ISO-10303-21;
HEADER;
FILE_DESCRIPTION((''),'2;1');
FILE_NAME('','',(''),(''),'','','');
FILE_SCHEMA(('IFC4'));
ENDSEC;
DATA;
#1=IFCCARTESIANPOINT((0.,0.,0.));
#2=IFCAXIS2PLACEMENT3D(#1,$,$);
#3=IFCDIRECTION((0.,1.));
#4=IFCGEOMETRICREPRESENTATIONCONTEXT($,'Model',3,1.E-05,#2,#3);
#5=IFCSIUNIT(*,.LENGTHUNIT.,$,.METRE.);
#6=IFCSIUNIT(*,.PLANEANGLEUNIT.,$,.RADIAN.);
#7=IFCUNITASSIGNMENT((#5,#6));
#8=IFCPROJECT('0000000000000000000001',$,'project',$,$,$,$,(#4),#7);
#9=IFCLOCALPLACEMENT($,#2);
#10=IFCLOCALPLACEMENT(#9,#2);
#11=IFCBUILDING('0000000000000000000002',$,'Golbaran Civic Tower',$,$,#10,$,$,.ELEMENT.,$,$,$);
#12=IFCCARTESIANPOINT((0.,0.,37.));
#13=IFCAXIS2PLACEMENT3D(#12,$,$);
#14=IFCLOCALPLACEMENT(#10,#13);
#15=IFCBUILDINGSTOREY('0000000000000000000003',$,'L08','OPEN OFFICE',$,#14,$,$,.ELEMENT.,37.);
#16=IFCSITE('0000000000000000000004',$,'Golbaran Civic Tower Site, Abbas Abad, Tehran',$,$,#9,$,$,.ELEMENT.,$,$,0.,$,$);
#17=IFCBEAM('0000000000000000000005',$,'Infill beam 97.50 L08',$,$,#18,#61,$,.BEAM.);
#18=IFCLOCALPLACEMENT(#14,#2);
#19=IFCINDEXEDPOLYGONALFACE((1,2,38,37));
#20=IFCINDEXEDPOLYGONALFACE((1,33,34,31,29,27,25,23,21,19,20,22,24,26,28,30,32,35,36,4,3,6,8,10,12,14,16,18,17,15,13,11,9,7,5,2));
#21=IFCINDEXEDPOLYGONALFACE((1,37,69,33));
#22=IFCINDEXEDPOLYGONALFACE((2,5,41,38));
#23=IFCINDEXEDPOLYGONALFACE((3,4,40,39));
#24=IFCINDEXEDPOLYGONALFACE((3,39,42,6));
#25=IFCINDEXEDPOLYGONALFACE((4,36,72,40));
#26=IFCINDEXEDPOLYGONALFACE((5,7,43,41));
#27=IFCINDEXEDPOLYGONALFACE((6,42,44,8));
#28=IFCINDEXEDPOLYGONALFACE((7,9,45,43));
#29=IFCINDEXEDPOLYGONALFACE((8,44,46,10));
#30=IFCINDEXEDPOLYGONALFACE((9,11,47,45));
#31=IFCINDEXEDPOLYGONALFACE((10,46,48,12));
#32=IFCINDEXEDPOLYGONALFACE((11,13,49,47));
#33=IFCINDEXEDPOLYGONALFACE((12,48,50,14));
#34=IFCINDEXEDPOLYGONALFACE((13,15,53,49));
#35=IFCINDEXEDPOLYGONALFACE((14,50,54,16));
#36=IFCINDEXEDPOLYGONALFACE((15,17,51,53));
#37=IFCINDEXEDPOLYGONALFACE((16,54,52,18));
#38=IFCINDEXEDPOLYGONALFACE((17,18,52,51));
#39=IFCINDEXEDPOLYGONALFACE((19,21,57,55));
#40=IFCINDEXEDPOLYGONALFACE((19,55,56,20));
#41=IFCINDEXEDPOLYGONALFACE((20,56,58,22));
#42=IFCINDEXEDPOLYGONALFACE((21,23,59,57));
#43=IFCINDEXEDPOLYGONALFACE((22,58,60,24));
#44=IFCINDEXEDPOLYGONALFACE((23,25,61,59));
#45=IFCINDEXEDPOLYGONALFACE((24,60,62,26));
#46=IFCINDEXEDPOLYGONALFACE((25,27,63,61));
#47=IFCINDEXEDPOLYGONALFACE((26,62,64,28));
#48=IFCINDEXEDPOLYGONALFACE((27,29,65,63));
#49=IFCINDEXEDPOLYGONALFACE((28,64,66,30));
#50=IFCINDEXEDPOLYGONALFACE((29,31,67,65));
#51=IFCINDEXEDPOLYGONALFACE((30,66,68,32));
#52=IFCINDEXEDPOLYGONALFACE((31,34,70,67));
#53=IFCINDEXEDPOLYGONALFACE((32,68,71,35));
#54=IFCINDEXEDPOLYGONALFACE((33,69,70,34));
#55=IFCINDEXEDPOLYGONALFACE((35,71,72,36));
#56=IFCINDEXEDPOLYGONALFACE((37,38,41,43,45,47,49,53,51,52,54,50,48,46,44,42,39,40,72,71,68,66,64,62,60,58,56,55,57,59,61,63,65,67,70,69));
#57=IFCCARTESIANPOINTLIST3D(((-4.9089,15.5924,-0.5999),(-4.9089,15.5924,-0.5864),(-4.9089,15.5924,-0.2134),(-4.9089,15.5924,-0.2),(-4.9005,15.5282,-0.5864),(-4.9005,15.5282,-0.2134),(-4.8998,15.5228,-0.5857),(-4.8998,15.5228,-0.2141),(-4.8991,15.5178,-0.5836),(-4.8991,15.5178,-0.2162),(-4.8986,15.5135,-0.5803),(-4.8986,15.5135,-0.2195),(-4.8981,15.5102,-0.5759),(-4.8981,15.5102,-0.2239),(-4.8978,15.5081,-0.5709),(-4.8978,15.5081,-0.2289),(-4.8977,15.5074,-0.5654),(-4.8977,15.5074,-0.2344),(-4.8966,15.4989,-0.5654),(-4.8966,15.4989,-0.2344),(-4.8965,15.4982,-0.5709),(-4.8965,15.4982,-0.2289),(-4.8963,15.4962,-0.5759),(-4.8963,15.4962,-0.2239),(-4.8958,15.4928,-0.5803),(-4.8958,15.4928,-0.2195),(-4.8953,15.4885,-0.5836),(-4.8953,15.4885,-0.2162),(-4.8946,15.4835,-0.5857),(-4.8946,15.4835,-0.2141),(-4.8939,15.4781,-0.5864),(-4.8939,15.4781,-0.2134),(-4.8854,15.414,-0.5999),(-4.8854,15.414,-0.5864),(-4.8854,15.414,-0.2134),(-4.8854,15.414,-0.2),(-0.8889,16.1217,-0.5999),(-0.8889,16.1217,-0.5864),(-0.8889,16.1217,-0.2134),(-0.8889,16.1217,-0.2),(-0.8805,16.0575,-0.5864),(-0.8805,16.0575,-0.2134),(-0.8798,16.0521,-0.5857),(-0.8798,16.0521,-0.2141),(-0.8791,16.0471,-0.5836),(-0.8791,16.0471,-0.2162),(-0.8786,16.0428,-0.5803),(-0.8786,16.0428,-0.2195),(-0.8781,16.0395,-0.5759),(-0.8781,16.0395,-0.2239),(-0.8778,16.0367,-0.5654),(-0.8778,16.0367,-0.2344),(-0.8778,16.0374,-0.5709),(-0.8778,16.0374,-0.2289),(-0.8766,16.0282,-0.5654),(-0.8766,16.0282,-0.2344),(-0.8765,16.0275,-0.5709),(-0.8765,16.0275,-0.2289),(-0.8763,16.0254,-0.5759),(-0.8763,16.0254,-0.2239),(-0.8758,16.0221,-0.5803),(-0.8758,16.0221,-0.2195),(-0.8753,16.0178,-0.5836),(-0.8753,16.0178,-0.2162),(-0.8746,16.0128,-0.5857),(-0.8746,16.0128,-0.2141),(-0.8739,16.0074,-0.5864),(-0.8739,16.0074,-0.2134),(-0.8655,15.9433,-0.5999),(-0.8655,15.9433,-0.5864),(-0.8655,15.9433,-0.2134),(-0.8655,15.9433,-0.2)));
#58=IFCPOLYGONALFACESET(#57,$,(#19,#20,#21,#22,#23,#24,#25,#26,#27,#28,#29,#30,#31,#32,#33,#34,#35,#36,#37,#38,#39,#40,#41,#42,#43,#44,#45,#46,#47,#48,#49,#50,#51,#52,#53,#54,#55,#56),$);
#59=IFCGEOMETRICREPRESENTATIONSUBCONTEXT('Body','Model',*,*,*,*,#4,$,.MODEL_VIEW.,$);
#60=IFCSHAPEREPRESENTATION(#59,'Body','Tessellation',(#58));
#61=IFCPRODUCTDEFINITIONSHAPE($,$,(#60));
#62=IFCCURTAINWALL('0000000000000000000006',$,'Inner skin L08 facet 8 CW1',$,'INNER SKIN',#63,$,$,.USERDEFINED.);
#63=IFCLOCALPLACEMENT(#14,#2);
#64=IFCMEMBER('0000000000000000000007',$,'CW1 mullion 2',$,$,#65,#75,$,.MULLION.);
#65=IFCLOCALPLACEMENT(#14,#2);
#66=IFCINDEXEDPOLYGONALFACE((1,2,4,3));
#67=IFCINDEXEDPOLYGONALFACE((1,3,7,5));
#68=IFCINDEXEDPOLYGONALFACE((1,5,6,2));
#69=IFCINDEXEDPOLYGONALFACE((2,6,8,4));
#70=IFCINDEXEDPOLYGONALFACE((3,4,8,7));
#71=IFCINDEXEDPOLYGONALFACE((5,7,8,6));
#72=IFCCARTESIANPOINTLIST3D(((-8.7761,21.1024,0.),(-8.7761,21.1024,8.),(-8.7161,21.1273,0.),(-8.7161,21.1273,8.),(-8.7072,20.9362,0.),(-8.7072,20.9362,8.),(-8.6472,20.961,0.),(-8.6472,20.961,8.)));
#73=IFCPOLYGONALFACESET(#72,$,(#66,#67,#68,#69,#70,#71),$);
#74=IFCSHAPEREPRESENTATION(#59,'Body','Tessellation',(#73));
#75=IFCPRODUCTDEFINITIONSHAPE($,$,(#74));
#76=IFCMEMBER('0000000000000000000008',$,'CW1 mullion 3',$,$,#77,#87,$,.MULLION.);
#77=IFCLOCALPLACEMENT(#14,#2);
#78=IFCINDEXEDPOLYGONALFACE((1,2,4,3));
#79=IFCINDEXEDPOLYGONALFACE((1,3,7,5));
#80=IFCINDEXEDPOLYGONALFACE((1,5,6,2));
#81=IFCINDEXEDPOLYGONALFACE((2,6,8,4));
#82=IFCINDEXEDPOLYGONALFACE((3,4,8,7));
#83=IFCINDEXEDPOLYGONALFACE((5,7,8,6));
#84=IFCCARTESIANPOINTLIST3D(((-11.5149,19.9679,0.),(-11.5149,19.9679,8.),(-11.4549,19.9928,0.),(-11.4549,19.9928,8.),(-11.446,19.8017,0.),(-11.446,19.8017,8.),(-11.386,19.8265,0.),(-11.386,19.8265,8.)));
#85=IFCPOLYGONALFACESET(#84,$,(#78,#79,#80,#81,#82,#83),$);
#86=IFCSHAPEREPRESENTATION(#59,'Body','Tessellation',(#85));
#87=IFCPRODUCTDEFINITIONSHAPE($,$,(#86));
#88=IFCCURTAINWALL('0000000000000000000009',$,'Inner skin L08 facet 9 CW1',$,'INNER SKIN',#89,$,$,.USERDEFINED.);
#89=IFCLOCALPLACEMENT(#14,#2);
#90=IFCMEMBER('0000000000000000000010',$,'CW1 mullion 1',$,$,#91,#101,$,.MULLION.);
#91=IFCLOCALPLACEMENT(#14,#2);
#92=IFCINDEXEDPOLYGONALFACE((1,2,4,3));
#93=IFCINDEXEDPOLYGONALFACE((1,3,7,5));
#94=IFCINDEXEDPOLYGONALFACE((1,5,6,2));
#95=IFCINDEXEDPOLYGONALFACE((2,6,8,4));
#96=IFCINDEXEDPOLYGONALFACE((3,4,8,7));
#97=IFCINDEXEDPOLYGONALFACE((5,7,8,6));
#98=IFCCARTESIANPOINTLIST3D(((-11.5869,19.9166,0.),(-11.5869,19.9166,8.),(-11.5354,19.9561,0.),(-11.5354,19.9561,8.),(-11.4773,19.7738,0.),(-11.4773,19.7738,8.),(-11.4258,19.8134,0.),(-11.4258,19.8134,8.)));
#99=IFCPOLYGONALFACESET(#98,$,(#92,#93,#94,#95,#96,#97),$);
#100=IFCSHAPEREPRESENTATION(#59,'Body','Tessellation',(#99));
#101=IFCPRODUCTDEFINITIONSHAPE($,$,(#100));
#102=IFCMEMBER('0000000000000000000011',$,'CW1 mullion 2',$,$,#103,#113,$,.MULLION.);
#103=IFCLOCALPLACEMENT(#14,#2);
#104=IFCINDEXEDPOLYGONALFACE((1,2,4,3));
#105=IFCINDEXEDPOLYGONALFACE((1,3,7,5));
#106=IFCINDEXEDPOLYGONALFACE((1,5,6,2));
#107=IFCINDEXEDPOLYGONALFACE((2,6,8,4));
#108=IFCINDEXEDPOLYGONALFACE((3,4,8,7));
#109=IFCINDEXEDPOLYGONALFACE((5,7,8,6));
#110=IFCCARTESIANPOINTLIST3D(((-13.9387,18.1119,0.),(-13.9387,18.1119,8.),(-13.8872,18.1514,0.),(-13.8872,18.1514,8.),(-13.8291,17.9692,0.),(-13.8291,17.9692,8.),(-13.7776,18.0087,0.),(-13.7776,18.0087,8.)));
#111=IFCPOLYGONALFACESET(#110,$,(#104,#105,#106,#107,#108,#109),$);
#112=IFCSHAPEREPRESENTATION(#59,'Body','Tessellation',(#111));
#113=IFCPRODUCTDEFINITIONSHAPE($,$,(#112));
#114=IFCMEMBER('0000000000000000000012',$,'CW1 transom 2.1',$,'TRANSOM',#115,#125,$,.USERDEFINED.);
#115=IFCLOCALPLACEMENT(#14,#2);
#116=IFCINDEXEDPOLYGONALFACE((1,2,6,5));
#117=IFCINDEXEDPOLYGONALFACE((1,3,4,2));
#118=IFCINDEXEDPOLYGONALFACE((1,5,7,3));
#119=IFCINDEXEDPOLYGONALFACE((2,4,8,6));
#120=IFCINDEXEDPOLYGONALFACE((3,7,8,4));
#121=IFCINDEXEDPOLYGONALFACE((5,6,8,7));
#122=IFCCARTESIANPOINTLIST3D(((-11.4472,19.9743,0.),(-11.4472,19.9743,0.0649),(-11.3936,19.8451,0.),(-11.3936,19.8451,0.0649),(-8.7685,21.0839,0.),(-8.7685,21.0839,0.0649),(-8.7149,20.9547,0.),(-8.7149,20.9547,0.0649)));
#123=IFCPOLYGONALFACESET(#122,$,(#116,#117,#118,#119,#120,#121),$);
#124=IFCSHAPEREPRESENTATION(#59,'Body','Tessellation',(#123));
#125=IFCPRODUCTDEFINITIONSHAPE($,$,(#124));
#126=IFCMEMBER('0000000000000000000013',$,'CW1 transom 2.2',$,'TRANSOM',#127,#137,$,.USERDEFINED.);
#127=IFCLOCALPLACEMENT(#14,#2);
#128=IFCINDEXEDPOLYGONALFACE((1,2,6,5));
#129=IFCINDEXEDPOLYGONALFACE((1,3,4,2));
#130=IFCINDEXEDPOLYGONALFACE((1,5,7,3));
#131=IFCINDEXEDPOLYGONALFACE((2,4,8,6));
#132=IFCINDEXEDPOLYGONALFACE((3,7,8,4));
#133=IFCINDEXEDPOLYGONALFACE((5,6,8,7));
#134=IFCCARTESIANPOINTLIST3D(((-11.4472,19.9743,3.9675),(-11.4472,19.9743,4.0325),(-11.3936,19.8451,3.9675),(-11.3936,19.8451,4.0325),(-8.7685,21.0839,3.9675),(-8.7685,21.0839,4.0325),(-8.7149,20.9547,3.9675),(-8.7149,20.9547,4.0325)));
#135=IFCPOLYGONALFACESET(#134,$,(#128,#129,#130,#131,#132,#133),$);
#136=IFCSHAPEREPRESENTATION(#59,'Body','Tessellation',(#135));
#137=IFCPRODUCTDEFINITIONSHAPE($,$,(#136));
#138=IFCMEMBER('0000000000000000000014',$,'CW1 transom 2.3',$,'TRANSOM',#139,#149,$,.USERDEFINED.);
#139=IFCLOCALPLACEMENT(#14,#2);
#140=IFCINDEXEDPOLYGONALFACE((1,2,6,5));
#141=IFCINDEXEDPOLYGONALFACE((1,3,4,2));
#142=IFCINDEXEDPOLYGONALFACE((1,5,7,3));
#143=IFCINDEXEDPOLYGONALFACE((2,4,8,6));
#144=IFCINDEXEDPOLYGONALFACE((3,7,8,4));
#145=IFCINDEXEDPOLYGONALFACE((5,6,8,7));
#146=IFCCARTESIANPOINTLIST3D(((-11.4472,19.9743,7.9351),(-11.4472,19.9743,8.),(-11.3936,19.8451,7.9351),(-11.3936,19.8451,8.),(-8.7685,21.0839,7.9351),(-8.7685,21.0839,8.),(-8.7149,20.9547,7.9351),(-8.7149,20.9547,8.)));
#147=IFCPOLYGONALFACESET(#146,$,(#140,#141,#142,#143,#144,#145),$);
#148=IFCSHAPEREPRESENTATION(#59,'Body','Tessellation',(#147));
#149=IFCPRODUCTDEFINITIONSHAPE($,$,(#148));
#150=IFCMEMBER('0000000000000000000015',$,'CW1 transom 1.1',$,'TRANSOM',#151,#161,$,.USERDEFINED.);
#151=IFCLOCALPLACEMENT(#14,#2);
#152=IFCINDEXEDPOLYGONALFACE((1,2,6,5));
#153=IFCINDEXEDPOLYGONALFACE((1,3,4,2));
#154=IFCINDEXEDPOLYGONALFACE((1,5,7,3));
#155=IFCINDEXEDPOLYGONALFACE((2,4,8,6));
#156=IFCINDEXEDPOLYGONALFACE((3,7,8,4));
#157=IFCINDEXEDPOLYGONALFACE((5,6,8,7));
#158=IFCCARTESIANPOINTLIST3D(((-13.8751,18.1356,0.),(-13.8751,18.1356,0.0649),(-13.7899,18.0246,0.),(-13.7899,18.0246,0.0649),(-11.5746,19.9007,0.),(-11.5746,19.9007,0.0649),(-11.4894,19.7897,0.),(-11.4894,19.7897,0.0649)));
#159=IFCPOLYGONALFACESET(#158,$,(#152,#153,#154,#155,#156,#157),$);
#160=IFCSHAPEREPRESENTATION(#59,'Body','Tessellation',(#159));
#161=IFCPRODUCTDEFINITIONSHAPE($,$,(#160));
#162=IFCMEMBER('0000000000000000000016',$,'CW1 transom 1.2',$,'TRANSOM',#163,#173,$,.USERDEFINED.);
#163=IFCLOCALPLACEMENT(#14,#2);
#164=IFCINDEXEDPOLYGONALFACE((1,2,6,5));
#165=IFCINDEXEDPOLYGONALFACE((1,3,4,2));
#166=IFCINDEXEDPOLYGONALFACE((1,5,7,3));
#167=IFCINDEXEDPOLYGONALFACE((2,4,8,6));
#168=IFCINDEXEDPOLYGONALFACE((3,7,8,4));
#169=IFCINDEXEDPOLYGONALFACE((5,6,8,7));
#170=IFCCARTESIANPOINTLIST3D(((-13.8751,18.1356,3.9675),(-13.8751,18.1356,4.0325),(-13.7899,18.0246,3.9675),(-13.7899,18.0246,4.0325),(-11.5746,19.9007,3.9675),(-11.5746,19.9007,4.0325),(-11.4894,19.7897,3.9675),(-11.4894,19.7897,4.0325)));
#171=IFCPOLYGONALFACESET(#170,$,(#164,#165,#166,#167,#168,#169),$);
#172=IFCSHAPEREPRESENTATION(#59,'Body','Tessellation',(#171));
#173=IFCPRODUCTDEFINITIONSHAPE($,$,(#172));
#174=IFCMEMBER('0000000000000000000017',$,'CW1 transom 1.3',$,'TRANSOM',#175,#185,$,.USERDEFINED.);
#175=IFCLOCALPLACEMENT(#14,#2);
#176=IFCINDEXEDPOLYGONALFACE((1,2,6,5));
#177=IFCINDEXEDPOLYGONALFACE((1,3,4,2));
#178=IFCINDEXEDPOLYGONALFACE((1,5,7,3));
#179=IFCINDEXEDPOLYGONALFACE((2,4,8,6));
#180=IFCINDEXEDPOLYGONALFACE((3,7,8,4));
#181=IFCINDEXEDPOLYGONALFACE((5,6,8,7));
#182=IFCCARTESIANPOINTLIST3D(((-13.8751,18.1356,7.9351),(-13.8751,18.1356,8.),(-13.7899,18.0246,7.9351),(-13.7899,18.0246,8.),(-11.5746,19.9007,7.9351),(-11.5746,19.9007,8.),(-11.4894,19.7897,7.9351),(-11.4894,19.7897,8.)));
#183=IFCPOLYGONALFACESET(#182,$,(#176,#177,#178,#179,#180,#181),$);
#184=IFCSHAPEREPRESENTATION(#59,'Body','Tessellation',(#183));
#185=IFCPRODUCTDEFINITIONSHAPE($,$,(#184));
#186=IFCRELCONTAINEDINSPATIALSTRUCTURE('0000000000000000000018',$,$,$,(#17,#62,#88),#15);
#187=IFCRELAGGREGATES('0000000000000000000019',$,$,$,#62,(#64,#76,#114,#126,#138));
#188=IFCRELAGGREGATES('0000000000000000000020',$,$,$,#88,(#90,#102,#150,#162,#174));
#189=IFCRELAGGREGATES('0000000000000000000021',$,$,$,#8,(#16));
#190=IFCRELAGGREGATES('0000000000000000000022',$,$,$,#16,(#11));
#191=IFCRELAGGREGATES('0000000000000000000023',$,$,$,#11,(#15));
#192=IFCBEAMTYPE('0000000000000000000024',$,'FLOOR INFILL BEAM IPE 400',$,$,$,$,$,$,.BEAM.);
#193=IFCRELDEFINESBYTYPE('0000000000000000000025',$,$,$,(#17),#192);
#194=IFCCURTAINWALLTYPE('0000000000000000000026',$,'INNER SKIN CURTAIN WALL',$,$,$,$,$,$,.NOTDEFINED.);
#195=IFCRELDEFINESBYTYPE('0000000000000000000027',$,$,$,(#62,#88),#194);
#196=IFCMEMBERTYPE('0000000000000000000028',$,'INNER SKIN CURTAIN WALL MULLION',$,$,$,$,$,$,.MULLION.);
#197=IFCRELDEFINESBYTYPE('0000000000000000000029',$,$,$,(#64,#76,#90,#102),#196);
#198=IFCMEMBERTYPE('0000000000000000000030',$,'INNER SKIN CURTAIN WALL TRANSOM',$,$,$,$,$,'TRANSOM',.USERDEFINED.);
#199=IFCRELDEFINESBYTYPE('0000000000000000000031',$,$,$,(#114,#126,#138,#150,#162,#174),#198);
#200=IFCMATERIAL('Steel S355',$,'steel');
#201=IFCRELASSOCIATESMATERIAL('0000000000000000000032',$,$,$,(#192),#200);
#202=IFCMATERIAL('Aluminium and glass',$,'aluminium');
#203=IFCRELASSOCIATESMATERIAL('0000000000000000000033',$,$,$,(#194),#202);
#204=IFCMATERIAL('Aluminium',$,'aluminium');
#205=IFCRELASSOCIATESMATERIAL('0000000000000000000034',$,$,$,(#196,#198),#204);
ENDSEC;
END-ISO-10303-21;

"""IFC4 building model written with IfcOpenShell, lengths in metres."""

from ifc_helpers import new_model, si_unit, direction, frame, origin, origin_2d, place, context, subcontext, project, spatial, rectangle, i_section, extrude, material, material_profile, profile_set, type_object, element, aggregate, save


model = new_model("IFC4")

# Units and contexts
model_context = context("Model", 3, precision=1e-05, world=origin(), true_north=direction((0.0, 1.0)))
body_context = subcontext(model_context, "Body", "Model", "MODEL_VIEW")
ifc_project = project(units=[si_unit("LENGTHUNIT", "METRE"), si_unit("PLANEANGLEUNIT", "RADIAN")], contexts=[model_context])

# Site, building, storey
site_placement = place(None, origin())
site = spatial("IfcSite", under=ifc_project, at=site_placement, Name="Golbaran Civic Tower Site, Abbas Abad, Tehran", CompositionType="ELEMENT", RefElevation=0.0)
building_placement = place(site_placement, origin())
building = spatial("IfcBuilding", under=site, at=building_placement, Name="Golbaran Civic Tower", CompositionType="ELEMENT")
storey_placement = place(building_placement, frame((0.0, 0.0, 37.0)))
storey = spatial("IfcBuildingStorey", under=building, at=storey_placement, Name="L08", Description="OPEN OFFICE", CompositionType="ELEMENT", Elevation=37.0)

# Beam
ifc_material_1 = material(Name="Steel S355", Category="steel")
ifc_material_profile_1 = material_profile(ifc_material_1, i_section(OverallWidth=0.1799, OverallDepth=0.3999, WebThickness=0.0085, FlangeThickness=0.0134, FilletRadius=0.021, at=origin_2d()), Name="IPE 400")
ifc_profile_set_1 = profile_set([ifc_material_profile_1], Name="Steel S355")
beam_type = type_object("IfcBeamType", Name="FLOOR INFILL BEAM IPE 400", PredefinedType="BEAM", material=ifc_profile_set_1)
beam_placement = place(storey_placement, frame((-0.8772, 16.0325, -0.3999), z_axis=(-0.991443, -0.130539, 0.0), x_axis=(0.130539, -0.991443, 0.0)))
element("IfcBeam", 1, at=beam_placement, inside=storey, type_object=beam_type, Name="Infill beam 97.50 L08", PredefinedType="BEAM", context=body_context, shape_type="SweptSolid", body=[
    extrude(i_section(OverallWidth=0.1799, OverallDepth=0.3999, WebThickness=0.0085, FlangeThickness=0.0134, FilletRadius=0.021, at=origin_2d()), origin(), (0.0, 0.0, 1.0), 4.0547),
])

# Curtain walls, members
ifc_material_2 = material(Name="Aluminium and glass", Category="aluminium")
curtain_wall_type = type_object("IfcCurtainWallType", Name="INNER SKIN CURTAIN WALL", PredefinedType="NOTDEFINED", material=ifc_material_2)
curtain_wall_1_placement = place(storey_placement, origin())
curtain_wall_1 = element("IfcCurtainWall", 2, at=curtain_wall_1_placement, inside=storey, type_object=curtain_wall_type, Name="Inner skin L08 facet 8 CW1", ObjectType="INNER SKIN", PredefinedType="USERDEFINED")
ifc_material_3 = material(Name="Aluminium", Category="aluminium")
ifc_material_profile_2 = material_profile(ifc_material_3, rectangle(XDim=0.1799, YDim=0.0649, at=origin_2d()), Name="INNER SKIN CURTAIN WALL MULLION")
ifc_profile_set_2 = profile_set([ifc_material_profile_2], Name="Aluminium")
member_type_1 = type_object("IfcMemberType", Name="INNER SKIN CURTAIN WALL MULLION", PredefinedType="MULLION", material=ifc_profile_set_2)
member_1_placement = place(storey_placement, frame((-8.7117, 21.0317, 0.0), z_axis=(0.0, 0.0, 1.0), x_axis=(0.382683, -0.92388, 0.0)))
member_1 = element("IfcMember", 3, at=member_1_placement, type_object=member_type_1, Name="CW1 mullion 2", PredefinedType="MULLION", context=body_context, shape_type="SweptSolid", body=[
    extrude(rectangle(XDim=0.1799, YDim=0.0649, at=origin_2d()), origin(), (0.0, 0.0, 1.0), 8.0),
])
member_2_placement = place(storey_placement, frame((-11.4504, 19.8972, 0.0), z_axis=(0.0, 0.0, 1.0), x_axis=(0.382683, -0.92388, 0.0)))
member_2 = element("IfcMember", 4, at=member_2_placement, type_object=member_type_1, Name="CW1 mullion 3", PredefinedType="MULLION", context=body_context, shape_type="SweptSolid", body=[
    extrude(rectangle(XDim=0.1799, YDim=0.0649, at=origin_2d()), origin(), (0.0, 0.0, 1.0), 8.0),
])
curtain_wall_2_placement = place(storey_placement, origin())
curtain_wall_2 = element("IfcCurtainWall", 5, at=curtain_wall_2_placement, inside=storey, type_object=curtain_wall_type, Name="Inner skin L08 facet 9 CW1", ObjectType="INNER SKIN", PredefinedType="USERDEFINED")
member_3_placement = place(storey_placement, frame((-11.5063, 19.865, 0.0), z_axis=(0.0, 0.0, 1.0), x_axis=(0.608761, -0.793353, 0.0)))
member_3 = element("IfcMember", 6, at=member_3_placement, type_object=member_type_1, Name="CW1 mullion 1", PredefinedType="MULLION", context=body_context, shape_type="SweptSolid", body=[
    extrude(rectangle(XDim=0.1799, YDim=0.0649, at=origin_2d()), origin(), (0.0, 0.0, 1.0), 8.0),
])
member_4_placement = place(storey_placement, frame((-13.8582, 18.0603, 0.0), z_axis=(0.0, 0.0, 1.0), x_axis=(0.608761, -0.793353, 0.0)))
member_4 = element("IfcMember", 7, at=member_4_placement, type_object=member_type_1, Name="CW1 mullion 2", PredefinedType="MULLION", context=body_context, shape_type="SweptSolid", body=[
    extrude(rectangle(XDim=0.1799, YDim=0.0649, at=origin_2d()), origin(), (0.0, 0.0, 1.0), 8.0),
])

# Members
ifc_material_profile_3 = material_profile(ifc_material_3, rectangle(XDim=0.1399, YDim=0.0649, at=origin_2d()), Name="INNER SKIN CURTAIN WALL TRANSOM")
ifc_profile_set_3 = profile_set([ifc_material_profile_3], Name="Aluminium")
member_type_2 = type_object("IfcMemberType", Name="INNER SKIN CURTAIN WALL TRANSOM", ElementType="TRANSOM", PredefinedType="USERDEFINED", material=ifc_profile_set_3)
member_5_placement = place(storey_placement, frame((-8.7417, 21.0193, 0.0325), z_axis=(-0.923872, -0.382701, 0.0), x_axis=(0.382701, -0.923872, 0.0)))
member_5 = element("IfcMember", 8, at=member_5_placement, type_object=member_type_2, Name="CW1 transom 2.1", ObjectType="TRANSOM", PredefinedType="USERDEFINED", context=body_context, shape_type="SweptSolid", body=[
    extrude(rectangle(XDim=0.1399, YDim=0.0649, at=origin_2d()), origin(), (0.0, 0.0, 1.0), 2.8994),
])
member_6_placement = place(storey_placement, frame((-8.7417, 21.0193, 4.0), z_axis=(-0.923872, -0.382701, 0.0), x_axis=(0.382701, -0.923872, 0.0)))
member_6 = element("IfcMember", 9, at=member_6_placement, type_object=member_type_2, Name="CW1 transom 2.2", ObjectType="TRANSOM", PredefinedType="USERDEFINED", context=body_context, shape_type="SweptSolid", body=[
    extrude(rectangle(XDim=0.1399, YDim=0.0649, at=origin_2d()), origin(), (0.0, 0.0, 1.0), 2.8994),
])
member_7_placement = place(storey_placement, frame((-8.7417, 21.0193, 7.9675), z_axis=(-0.923872, -0.382701, 0.0), x_axis=(0.382701, -0.923872, 0.0)))
member_7 = element("IfcMember", 10, at=member_7_placement, type_object=member_type_2, Name="CW1 transom 2.3", ObjectType="TRANSOM", PredefinedType="USERDEFINED", context=body_context, shape_type="SweptSolid", body=[
    extrude(rectangle(XDim=0.1399, YDim=0.0649, at=origin_2d()), origin(), (0.0, 0.0, 1.0), 2.8994),
])
member_8_placement = place(storey_placement, frame((-11.532, 19.8452, 0.0325), z_axis=(-0.793375, -0.608734, 0.0), x_axis=(0.608734, -0.793375, 0.0)))
member_8 = element("IfcMember", 11, at=member_8_placement, type_object=member_type_2, Name="CW1 transom 1.1", ObjectType="TRANSOM", PredefinedType="USERDEFINED", context=body_context, shape_type="SweptSolid", body=[
    extrude(rectangle(XDim=0.1399, YDim=0.0649, at=origin_2d()), origin(), (0.0, 0.0, 1.0), 2.8997),
])
member_9_placement = place(storey_placement, frame((-11.532, 19.8452, 4.0), z_axis=(-0.793375, -0.608734, 0.0), x_axis=(0.608734, -0.793375, 0.0)))
member_9 = element("IfcMember", 12, at=member_9_placement, type_object=member_type_2, Name="CW1 transom 1.2", ObjectType="TRANSOM", PredefinedType="USERDEFINED", context=body_context, shape_type="SweptSolid", body=[
    extrude(rectangle(XDim=0.1399, YDim=0.0649, at=origin_2d()), origin(), (0.0, 0.0, 1.0), 2.8997),
])
member_10_placement = place(storey_placement, frame((-11.532, 19.8452, 7.9675), z_axis=(-0.793375, -0.608734, 0.0), x_axis=(0.608734, -0.793375, 0.0)))
member_10 = element("IfcMember", 13, at=member_10_placement, type_object=member_type_2, Name="CW1 transom 1.3", ObjectType="TRANSOM", PredefinedType="USERDEFINED", context=body_context, shape_type="SweptSolid", body=[
    extrude(rectangle(XDim=0.1399, YDim=0.0649, at=origin_2d()), origin(), (0.0, 0.0, 1.0), 2.8997),
])

aggregate(curtain_wall_1, [member_1, member_2, member_5, member_6, member_7])
aggregate(curtain_wall_2, [member_3, member_4, member_8, member_9, member_10])

save(model, "model.ifc")
